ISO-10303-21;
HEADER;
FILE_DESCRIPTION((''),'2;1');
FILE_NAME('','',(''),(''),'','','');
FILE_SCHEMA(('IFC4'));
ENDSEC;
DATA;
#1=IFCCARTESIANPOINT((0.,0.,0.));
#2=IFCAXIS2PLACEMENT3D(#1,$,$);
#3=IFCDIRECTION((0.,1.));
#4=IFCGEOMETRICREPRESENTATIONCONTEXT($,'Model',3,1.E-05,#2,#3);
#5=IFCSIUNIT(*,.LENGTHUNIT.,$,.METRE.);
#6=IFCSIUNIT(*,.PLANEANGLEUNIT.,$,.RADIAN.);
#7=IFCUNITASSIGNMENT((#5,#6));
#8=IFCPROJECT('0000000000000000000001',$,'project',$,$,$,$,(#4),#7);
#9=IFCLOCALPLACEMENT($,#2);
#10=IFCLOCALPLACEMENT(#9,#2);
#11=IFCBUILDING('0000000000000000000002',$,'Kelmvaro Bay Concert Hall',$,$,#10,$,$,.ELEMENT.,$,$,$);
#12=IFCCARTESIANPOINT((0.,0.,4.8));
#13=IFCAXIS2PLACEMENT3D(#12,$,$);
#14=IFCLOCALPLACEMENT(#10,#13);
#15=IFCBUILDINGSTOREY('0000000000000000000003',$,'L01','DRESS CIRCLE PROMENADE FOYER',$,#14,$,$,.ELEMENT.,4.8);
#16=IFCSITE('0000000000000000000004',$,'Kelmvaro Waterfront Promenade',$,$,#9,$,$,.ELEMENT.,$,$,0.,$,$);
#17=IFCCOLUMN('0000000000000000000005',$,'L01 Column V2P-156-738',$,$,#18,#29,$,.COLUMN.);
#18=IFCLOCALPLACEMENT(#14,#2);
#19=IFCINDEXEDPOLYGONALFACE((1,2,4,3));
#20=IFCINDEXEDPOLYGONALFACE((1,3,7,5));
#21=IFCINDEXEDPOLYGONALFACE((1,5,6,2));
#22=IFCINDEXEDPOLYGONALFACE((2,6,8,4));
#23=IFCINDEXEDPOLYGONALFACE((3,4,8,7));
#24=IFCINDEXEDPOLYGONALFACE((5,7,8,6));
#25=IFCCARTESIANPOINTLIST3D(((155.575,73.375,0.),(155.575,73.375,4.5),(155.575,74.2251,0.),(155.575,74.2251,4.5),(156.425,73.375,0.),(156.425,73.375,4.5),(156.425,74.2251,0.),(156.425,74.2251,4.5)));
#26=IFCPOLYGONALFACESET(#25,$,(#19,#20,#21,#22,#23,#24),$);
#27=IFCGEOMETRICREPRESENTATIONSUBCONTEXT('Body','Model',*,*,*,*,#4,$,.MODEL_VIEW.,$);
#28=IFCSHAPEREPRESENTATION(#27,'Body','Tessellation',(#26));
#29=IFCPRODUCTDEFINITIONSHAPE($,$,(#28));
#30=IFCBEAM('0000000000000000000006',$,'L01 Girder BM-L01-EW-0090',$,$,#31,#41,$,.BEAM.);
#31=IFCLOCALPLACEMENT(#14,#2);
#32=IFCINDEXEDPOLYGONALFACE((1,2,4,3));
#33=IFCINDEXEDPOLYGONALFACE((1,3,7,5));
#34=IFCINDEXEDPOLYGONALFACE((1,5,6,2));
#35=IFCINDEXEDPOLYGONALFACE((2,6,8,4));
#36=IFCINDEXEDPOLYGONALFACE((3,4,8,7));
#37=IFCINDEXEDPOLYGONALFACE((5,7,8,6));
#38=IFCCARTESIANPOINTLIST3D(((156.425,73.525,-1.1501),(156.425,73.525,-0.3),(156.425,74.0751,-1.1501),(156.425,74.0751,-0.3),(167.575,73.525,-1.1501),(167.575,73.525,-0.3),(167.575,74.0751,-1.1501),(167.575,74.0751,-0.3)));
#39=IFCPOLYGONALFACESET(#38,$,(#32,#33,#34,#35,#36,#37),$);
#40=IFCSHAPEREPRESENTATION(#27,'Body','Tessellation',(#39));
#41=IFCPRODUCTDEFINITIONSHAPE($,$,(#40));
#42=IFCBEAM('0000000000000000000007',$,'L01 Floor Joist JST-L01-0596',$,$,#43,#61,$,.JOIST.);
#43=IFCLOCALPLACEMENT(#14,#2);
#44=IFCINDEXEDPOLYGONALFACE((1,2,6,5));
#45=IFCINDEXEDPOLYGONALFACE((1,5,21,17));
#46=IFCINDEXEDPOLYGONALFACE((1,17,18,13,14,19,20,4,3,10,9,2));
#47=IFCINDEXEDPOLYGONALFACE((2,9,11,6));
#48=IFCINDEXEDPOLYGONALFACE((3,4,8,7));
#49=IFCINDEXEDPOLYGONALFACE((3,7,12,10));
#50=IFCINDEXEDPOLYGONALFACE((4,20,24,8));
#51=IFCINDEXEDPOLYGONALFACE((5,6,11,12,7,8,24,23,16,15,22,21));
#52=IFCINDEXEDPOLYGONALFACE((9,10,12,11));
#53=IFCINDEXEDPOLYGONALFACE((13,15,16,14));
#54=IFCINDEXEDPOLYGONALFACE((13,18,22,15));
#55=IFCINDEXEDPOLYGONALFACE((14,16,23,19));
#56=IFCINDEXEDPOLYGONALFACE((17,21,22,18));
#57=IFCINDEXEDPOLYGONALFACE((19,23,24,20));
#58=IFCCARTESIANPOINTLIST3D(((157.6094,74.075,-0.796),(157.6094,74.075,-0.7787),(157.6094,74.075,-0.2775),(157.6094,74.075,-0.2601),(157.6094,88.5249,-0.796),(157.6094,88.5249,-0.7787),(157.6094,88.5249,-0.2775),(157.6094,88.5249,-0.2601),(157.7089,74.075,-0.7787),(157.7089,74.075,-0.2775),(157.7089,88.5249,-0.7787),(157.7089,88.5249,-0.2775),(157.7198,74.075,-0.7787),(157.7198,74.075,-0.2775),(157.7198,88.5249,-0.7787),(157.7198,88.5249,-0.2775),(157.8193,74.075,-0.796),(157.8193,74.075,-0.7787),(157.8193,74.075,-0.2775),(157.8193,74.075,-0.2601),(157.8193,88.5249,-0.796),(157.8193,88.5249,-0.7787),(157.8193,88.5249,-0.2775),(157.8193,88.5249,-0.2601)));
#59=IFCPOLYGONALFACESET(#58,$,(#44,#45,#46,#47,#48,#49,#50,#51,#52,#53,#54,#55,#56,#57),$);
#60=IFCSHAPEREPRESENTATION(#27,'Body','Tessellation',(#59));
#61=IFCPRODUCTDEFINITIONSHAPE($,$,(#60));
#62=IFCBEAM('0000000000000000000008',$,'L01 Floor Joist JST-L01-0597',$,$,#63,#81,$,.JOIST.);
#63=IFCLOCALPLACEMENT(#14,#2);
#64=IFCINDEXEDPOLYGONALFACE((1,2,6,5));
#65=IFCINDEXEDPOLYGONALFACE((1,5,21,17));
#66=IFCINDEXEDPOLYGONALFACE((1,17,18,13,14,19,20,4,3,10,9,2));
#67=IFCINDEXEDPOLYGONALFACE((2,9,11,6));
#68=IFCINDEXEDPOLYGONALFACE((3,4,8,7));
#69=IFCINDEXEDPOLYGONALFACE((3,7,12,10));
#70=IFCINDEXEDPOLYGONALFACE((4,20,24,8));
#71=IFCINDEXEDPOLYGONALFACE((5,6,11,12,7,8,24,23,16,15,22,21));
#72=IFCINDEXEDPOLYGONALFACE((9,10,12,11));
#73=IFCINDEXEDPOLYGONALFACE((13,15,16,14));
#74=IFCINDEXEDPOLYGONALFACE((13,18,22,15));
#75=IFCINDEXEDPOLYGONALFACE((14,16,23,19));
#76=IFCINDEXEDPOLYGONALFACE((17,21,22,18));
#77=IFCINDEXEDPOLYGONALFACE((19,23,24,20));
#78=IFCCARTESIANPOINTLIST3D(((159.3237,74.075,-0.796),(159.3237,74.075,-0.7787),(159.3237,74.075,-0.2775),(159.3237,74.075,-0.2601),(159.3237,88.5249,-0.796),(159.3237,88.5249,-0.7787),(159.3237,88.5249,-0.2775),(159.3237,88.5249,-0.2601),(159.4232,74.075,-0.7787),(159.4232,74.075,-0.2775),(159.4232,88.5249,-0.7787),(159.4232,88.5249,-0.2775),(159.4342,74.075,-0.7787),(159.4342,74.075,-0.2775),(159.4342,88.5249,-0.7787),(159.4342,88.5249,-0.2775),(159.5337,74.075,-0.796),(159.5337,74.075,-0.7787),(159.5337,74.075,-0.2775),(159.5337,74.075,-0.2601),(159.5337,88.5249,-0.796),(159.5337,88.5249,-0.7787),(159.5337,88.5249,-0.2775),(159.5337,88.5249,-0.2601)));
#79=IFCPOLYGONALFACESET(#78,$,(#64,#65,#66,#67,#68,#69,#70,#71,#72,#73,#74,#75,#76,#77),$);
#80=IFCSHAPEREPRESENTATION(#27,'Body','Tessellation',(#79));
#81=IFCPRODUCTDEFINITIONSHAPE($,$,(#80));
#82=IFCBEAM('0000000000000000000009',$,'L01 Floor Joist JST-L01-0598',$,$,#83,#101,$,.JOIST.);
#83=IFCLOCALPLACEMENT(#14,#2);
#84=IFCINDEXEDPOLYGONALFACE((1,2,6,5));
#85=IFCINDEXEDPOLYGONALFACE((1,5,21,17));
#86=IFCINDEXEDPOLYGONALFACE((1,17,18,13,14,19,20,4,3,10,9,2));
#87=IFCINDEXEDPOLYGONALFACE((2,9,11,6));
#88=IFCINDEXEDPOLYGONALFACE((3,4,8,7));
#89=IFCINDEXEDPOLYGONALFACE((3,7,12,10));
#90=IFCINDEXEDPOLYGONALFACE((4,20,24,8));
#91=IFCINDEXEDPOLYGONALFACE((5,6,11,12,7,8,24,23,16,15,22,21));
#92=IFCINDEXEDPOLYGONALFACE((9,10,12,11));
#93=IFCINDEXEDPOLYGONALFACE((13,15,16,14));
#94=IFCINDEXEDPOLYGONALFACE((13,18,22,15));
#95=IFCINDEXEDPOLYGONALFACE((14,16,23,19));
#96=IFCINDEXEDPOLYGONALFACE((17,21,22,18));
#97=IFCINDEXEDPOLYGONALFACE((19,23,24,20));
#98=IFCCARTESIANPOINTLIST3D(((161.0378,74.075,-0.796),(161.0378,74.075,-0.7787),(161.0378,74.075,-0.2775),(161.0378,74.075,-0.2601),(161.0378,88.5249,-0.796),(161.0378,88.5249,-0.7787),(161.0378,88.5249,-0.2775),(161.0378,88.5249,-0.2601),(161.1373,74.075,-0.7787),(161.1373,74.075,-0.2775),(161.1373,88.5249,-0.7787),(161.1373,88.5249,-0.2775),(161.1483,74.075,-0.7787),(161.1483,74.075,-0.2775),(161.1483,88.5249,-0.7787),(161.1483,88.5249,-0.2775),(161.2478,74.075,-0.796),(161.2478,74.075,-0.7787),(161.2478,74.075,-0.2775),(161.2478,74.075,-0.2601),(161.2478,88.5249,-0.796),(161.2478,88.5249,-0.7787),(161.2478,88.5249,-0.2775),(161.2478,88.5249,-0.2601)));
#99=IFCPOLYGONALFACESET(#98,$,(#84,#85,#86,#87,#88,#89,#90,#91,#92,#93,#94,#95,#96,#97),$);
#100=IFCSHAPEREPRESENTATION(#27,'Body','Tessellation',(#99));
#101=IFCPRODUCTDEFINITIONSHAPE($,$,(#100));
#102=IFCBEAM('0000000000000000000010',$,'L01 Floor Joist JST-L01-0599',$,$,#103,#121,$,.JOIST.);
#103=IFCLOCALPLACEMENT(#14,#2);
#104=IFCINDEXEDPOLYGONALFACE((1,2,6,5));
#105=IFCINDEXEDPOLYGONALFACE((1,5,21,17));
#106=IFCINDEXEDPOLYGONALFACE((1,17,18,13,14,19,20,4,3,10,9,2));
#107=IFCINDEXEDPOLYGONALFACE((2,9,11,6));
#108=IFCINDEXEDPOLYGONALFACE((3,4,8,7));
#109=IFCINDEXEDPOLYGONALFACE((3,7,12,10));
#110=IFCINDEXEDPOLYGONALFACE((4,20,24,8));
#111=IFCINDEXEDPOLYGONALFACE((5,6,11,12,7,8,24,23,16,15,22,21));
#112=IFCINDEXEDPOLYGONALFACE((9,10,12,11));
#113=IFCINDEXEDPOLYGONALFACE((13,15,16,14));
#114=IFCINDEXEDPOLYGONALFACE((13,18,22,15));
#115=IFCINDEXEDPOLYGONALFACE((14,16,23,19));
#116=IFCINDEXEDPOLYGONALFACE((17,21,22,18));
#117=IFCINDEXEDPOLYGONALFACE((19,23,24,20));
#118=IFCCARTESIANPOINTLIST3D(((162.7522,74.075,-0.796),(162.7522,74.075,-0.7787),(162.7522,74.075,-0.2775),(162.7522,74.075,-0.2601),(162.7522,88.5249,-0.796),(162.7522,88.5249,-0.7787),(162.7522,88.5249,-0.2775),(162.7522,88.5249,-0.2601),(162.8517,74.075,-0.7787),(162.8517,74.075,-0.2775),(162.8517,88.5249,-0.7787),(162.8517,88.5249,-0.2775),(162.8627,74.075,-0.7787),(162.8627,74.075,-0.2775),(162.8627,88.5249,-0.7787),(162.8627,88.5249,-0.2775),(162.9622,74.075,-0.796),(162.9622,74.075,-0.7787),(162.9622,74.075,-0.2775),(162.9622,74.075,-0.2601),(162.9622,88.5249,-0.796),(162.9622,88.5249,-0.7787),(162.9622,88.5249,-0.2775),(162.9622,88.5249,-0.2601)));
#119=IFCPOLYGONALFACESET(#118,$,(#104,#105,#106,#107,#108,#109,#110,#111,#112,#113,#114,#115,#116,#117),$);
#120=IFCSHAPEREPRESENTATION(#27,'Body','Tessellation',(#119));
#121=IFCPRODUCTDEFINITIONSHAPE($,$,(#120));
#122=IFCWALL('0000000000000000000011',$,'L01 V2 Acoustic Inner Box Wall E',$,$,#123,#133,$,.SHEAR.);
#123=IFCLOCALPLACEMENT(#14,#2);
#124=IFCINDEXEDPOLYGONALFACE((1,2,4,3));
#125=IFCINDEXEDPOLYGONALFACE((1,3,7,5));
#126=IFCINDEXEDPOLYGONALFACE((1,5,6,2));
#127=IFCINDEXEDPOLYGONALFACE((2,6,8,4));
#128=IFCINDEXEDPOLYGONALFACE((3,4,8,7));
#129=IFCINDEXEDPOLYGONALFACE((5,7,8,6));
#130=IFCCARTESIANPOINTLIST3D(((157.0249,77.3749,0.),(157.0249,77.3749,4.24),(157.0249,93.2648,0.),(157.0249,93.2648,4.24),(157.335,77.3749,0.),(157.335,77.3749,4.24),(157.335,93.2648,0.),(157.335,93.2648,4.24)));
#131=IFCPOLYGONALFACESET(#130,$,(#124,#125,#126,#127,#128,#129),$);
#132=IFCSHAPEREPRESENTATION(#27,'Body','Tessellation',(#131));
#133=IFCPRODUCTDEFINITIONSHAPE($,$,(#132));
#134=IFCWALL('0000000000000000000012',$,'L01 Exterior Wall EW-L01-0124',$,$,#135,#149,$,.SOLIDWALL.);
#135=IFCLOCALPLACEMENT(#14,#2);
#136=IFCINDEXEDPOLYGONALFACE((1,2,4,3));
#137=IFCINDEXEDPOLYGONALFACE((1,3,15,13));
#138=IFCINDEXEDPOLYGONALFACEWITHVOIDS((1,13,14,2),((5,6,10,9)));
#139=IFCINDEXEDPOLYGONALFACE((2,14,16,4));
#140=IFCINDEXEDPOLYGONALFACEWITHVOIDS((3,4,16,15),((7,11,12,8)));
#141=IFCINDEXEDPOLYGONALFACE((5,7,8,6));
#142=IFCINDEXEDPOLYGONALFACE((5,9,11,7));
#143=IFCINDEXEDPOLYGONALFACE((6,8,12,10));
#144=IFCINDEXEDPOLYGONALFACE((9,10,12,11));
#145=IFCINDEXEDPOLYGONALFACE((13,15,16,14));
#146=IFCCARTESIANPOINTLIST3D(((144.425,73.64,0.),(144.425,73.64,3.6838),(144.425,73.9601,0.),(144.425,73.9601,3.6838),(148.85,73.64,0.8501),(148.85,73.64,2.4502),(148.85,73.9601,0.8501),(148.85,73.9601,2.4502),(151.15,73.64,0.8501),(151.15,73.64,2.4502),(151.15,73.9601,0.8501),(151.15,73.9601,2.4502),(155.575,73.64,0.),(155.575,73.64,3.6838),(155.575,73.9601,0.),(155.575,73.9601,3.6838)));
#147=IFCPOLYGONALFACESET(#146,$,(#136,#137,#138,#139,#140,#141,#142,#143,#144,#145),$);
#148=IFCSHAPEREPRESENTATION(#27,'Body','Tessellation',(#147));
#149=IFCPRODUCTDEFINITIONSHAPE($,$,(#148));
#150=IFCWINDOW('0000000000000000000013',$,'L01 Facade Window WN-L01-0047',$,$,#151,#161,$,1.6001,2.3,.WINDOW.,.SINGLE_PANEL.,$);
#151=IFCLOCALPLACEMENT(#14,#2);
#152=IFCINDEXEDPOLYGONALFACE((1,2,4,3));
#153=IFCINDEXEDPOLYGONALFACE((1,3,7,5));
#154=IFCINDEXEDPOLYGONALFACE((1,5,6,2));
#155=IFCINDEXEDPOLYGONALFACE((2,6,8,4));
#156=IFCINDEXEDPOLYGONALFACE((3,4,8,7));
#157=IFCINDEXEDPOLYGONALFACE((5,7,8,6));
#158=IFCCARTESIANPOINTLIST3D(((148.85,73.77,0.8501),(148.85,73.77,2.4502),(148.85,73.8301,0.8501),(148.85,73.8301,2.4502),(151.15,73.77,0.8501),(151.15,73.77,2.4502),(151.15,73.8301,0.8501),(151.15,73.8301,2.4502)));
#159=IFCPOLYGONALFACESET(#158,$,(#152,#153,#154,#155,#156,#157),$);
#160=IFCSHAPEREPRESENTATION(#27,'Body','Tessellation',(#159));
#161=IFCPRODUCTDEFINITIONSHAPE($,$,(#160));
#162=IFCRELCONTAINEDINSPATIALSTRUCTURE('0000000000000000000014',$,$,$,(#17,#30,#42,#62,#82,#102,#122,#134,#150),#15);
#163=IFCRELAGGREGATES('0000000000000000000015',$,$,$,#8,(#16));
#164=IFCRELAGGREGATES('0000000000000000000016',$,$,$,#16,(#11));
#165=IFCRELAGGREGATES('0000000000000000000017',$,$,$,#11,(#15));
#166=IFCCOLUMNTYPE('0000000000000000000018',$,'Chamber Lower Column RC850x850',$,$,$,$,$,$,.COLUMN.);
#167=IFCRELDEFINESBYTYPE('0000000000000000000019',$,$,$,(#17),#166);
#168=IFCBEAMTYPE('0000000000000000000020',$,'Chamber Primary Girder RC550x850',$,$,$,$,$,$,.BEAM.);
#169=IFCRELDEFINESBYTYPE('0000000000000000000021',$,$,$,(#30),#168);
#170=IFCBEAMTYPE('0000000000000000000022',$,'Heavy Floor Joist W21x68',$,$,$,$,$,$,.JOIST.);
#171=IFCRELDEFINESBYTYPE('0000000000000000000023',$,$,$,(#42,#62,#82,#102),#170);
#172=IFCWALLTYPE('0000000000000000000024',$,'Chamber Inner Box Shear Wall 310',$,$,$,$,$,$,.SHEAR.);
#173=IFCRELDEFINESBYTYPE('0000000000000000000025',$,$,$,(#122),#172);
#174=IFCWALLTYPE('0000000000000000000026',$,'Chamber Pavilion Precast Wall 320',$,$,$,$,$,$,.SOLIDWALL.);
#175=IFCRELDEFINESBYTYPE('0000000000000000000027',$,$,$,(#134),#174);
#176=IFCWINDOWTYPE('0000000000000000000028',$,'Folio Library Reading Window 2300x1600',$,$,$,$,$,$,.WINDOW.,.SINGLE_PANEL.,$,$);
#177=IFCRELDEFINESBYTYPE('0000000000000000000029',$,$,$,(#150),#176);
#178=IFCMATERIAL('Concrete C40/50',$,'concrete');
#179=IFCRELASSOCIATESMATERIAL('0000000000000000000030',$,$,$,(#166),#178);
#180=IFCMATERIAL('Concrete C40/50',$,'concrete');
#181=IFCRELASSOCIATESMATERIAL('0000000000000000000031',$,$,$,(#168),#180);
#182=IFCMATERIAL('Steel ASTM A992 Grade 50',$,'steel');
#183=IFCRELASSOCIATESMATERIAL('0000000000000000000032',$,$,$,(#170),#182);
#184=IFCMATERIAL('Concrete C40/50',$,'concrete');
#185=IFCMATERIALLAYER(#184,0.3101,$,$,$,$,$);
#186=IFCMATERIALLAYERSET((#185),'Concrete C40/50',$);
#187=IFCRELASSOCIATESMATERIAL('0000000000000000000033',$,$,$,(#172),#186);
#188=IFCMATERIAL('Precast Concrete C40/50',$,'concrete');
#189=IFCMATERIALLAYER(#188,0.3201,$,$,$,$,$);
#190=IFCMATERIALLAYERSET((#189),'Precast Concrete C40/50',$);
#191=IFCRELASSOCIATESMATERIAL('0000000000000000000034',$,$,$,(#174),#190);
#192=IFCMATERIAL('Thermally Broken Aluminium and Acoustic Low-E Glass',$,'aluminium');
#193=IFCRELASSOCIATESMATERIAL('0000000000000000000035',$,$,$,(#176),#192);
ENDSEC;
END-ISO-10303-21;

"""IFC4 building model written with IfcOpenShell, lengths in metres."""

from ifc_helpers import new_model, si_unit, direction, frame, frame_2d, origin, origin_2d, place, context, subcontext, project, spatial, rectangle, i_section, extrude, material, layer, layer_set, material_profile, profile_set, type_object, element, fill, save


model = new_model("IFC4")

# Units and contexts
model_context = context("Model", 3, precision=1e-05, world=origin(), true_north=direction((0.0, 1.0)))
body_context = subcontext(model_context, "Body", "Model", "MODEL_VIEW")
ifc_project = project(units=[si_unit("LENGTHUNIT", "METRE"), si_unit("PLANEANGLEUNIT", "RADIAN")], contexts=[model_context])

# Site, building, storey
site_placement = place(None, origin())
site = spatial("IfcSite", under=ifc_project, at=site_placement, Name="Kelmvaro Waterfront Promenade", CompositionType="ELEMENT", RefElevation=0.0)
building_placement = place(site_placement, origin())
building = spatial("IfcBuilding", under=site, at=building_placement, Name="Kelmvaro Bay Concert Hall", CompositionType="ELEMENT")
storey_placement = place(building_placement, frame((0.0, 0.0, 4.8)))
storey = spatial("IfcBuildingStorey", under=building, at=storey_placement, Name="L01", Description="DRESS CIRCLE PROMENADE FOYER", CompositionType="ELEMENT", Elevation=4.8)

# Column
ifc_material_1 = material(Name="Concrete C40/50", Category="concrete")
ifc_material_profile_1 = material_profile(ifc_material_1, rectangle(XDim=0.8501, YDim=0.8501, at=origin_2d()), Name="RC-COL-850X850")
ifc_profile_set_1 = profile_set([ifc_material_profile_1], Name="Concrete C40/50")
column_type = type_object("IfcColumnType", Name="Chamber Lower Column RC850x850", PredefinedType="COLUMN", material=ifc_profile_set_1)
column_placement = place(storey_placement, frame((156.0, 73.8, 0.0), z_axis=(0.0, 0.0, 1.0), x_axis=(1.0, 0.0, 0.0)))
element("IfcColumn", 1, at=column_placement, inside=storey, type_object=column_type, Name="L01 Column V2P-156-738", PredefinedType="COLUMN", context=body_context, shape_type="SweptSolid", body=[
    extrude(rectangle(XDim=0.8501, YDim=0.8501, at=origin_2d()), origin(), (0.0, 0.0, 1.0), 4.5),
])

# Beams
ifc_material_2 = material(Name="Concrete C40/50", Category="concrete")
ifc_material_profile_2 = material_profile(ifc_material_2, rectangle(XDim=0.55, YDim=0.8501, at=origin_2d()), Name="RC-BM-550X850")
ifc_profile_set_2 = profile_set([ifc_material_profile_2], Name="Concrete C40/50")
beam_type_1 = type_object("IfcBeamType", Name="Chamber Primary Girder RC550x850", PredefinedType="BEAM", material=ifc_profile_set_2)
beam_placement = place(storey_placement, frame((156.425, 73.8, -0.7251), z_axis=(1.0, 0.0, 0.0), x_axis=(0.0, 1.0, 0.0)))
element("IfcBeam", 2, at=beam_placement, inside=storey, type_object=beam_type_1, Name="L01 Girder BM-L01-EW-0090", PredefinedType="BEAM", context=body_context, shape_type="SweptSolid", body=[
    extrude(rectangle(XDim=0.55, YDim=0.8501, at=origin_2d()), origin(), (0.0, 0.0, 1.0), 11.1499),
])
ifc_material_3 = material(Name="Steel ASTM A992 Grade 50", Category="steel")
ifc_material_profile_3 = material_profile(ifc_material_3, i_section(OverallWidth=0.21, OverallDepth=0.5359, WebThickness=0.011, FlangeThickness=0.0173, at=origin_2d()), Name="W21X68")
ifc_profile_set_3 = profile_set([ifc_material_profile_3], Name="Steel ASTM A992 Grade 50")
beam_type_2 = type_object("IfcBeamType", Name="Heavy Floor Joist W21x68", PredefinedType="JOIST", material=ifc_profile_set_3)
for number, where, z_axis, x_axis, name in (
    (3, (157.7144, 74.075, -0.5281), (0.0, 1.0, 0.0), (-1.0, 0.0, 0.0), "L01 Floor Joist JST-L01-0596"),
    (4, (159.4287, 74.075, -0.5281), (0.0, 1.0, 0.0), (-1.0, 0.0, 0.0), "L01 Floor Joist JST-L01-0597"),
    (5, (161.1428, 74.075, -0.5281), (0.0, 1.0, 0.0), (-1.0, 0.0, 0.0), "L01 Floor Joist JST-L01-0598"),
    (6, (162.8572, 74.075, -0.5281), (0.0, 1.0, 0.0), (-1.0, 0.0, 0.0), "L01 Floor Joist JST-L01-0599"),
):
    element("IfcBeam", number, at=place(storey_placement, frame(where, z_axis=z_axis, x_axis=x_axis)), inside=storey, type_object=beam_type_2, Name=name, PredefinedType="JOIST", context=body_context, shape_type="SweptSolid", body=[
        extrude(i_section(OverallWidth=0.21, OverallDepth=0.5359, WebThickness=0.011, FlangeThickness=0.0173, at=origin_2d()), origin(), (0.0, 0.0, 1.0), 14.45),
    ])

# Wall
ifc_material_4 = material(Name="Concrete C40/50", Category="concrete")
ifc_layer_1 = layer(ifc_material_4, 0.3101)
ifc_layer_set_1 = layer_set([ifc_layer_1], Name="Concrete C40/50")
wall_type_1 = type_object("IfcWallType", Name="Chamber Inner Box Shear Wall 310", PredefinedType="SHEAR", material=ifc_layer_set_1)
wall_1_placement = place(storey_placement, frame((157.1799, 77.375, 0.0), z_axis=(0.0, 0.0, 1.0), x_axis=(0.0, 1.0, 0.0)))
element("IfcWall", 7, at=wall_1_placement, inside=storey, type_object=wall_type_1, Name="L01 V2 Acoustic Inner Box Wall E", PredefinedType="SHEAR", context=body_context, shape_type="SweptSolid", body=[
    extrude(rectangle(XDim=15.8899, YDim=0.3101, at=frame_2d((7.9448, 0.0))), origin(), (0.0, 0.0, 1.0), 4.24),
])

# Wall, opening, window
ifc_material_5 = material(Name="Precast Concrete C40/50", Category="concrete")
ifc_layer_2 = layer(ifc_material_5, 0.3201)
ifc_layer_set_2 = layer_set([ifc_layer_2], Name="Precast Concrete C40/50")
wall_type_2 = type_object("IfcWallType", Name="Chamber Pavilion Precast Wall 320", PredefinedType="SOLIDWALL", material=ifc_layer_set_2)
wall_2_placement = place(storey_placement, frame((155.575, 73.8, 0.0), z_axis=(0.0, 0.0, 1.0), x_axis=(-1.0, 0.0, 0.0)))
wall_2 = element("IfcWall", 8, at=wall_2_placement, inside=storey, type_object=wall_type_2, Name="L01 Exterior Wall EW-L01-0124", PredefinedType="SOLIDWALL", context=body_context, shape_type="SweptSolid", body=[
    extrude(rectangle(XDim=11.1499, YDim=0.3201, at=frame_2d((5.575, 0.0))), origin(), (0.0, 0.0, 1.0), 3.6838),
])
opening_1_placement = place(wall_2_placement, frame((4.425, 0.0, 0.8501)))
opening_1 = element("IfcOpeningElement", 9, at=opening_1_placement, cuts=wall_2, PredefinedType="OPENING", context=body_context, shape_type="SweptSolid", body=[
    extrude(rectangle(XDim=2.3, YDim=1.6001, at=frame_2d((1.1499, 0.8))), frame((0.0, 0.1699, 0.0), z_axis=(0.0, -1.0, 0.0), x_axis=(1.0, 0.0, 0.0)), (0.0, 0.0, 1.0), 0.3401),
])
ifc_material_6 = material(Name="Thermally Broken Aluminium and Acoustic Low-E Glass", Category="aluminium")
window_type = type_object("IfcWindowType", Name="Folio Library Reading Window 2300x1600", PartitioningType="SINGLE_PANEL", PredefinedType="WINDOW", material=ifc_material_6)
window_placement = place(opening_1_placement, origin())
window = element("IfcWindow", 10, at=window_placement, inside=storey, type_object=window_type, Name="L01 Facade Window WN-L01-0047", OverallHeight=1.6001, OverallWidth=2.3, PartitioningType="SINGLE_PANEL", PredefinedType="WINDOW", context=body_context, shape_type="SweptSolid", body=[
    extrude(rectangle(XDim=2.3, YDim=1.6001, at=frame_2d((1.1499, 0.8))), frame((0.0, 0.03, 0.0), z_axis=(0.0, -1.0, 0.0), x_axis=(1.0, 0.0, 0.0)), (0.0, 0.0, 1.0), 0.0601),
])
fill(opening_1, window)

save(model, "model.ifc")
